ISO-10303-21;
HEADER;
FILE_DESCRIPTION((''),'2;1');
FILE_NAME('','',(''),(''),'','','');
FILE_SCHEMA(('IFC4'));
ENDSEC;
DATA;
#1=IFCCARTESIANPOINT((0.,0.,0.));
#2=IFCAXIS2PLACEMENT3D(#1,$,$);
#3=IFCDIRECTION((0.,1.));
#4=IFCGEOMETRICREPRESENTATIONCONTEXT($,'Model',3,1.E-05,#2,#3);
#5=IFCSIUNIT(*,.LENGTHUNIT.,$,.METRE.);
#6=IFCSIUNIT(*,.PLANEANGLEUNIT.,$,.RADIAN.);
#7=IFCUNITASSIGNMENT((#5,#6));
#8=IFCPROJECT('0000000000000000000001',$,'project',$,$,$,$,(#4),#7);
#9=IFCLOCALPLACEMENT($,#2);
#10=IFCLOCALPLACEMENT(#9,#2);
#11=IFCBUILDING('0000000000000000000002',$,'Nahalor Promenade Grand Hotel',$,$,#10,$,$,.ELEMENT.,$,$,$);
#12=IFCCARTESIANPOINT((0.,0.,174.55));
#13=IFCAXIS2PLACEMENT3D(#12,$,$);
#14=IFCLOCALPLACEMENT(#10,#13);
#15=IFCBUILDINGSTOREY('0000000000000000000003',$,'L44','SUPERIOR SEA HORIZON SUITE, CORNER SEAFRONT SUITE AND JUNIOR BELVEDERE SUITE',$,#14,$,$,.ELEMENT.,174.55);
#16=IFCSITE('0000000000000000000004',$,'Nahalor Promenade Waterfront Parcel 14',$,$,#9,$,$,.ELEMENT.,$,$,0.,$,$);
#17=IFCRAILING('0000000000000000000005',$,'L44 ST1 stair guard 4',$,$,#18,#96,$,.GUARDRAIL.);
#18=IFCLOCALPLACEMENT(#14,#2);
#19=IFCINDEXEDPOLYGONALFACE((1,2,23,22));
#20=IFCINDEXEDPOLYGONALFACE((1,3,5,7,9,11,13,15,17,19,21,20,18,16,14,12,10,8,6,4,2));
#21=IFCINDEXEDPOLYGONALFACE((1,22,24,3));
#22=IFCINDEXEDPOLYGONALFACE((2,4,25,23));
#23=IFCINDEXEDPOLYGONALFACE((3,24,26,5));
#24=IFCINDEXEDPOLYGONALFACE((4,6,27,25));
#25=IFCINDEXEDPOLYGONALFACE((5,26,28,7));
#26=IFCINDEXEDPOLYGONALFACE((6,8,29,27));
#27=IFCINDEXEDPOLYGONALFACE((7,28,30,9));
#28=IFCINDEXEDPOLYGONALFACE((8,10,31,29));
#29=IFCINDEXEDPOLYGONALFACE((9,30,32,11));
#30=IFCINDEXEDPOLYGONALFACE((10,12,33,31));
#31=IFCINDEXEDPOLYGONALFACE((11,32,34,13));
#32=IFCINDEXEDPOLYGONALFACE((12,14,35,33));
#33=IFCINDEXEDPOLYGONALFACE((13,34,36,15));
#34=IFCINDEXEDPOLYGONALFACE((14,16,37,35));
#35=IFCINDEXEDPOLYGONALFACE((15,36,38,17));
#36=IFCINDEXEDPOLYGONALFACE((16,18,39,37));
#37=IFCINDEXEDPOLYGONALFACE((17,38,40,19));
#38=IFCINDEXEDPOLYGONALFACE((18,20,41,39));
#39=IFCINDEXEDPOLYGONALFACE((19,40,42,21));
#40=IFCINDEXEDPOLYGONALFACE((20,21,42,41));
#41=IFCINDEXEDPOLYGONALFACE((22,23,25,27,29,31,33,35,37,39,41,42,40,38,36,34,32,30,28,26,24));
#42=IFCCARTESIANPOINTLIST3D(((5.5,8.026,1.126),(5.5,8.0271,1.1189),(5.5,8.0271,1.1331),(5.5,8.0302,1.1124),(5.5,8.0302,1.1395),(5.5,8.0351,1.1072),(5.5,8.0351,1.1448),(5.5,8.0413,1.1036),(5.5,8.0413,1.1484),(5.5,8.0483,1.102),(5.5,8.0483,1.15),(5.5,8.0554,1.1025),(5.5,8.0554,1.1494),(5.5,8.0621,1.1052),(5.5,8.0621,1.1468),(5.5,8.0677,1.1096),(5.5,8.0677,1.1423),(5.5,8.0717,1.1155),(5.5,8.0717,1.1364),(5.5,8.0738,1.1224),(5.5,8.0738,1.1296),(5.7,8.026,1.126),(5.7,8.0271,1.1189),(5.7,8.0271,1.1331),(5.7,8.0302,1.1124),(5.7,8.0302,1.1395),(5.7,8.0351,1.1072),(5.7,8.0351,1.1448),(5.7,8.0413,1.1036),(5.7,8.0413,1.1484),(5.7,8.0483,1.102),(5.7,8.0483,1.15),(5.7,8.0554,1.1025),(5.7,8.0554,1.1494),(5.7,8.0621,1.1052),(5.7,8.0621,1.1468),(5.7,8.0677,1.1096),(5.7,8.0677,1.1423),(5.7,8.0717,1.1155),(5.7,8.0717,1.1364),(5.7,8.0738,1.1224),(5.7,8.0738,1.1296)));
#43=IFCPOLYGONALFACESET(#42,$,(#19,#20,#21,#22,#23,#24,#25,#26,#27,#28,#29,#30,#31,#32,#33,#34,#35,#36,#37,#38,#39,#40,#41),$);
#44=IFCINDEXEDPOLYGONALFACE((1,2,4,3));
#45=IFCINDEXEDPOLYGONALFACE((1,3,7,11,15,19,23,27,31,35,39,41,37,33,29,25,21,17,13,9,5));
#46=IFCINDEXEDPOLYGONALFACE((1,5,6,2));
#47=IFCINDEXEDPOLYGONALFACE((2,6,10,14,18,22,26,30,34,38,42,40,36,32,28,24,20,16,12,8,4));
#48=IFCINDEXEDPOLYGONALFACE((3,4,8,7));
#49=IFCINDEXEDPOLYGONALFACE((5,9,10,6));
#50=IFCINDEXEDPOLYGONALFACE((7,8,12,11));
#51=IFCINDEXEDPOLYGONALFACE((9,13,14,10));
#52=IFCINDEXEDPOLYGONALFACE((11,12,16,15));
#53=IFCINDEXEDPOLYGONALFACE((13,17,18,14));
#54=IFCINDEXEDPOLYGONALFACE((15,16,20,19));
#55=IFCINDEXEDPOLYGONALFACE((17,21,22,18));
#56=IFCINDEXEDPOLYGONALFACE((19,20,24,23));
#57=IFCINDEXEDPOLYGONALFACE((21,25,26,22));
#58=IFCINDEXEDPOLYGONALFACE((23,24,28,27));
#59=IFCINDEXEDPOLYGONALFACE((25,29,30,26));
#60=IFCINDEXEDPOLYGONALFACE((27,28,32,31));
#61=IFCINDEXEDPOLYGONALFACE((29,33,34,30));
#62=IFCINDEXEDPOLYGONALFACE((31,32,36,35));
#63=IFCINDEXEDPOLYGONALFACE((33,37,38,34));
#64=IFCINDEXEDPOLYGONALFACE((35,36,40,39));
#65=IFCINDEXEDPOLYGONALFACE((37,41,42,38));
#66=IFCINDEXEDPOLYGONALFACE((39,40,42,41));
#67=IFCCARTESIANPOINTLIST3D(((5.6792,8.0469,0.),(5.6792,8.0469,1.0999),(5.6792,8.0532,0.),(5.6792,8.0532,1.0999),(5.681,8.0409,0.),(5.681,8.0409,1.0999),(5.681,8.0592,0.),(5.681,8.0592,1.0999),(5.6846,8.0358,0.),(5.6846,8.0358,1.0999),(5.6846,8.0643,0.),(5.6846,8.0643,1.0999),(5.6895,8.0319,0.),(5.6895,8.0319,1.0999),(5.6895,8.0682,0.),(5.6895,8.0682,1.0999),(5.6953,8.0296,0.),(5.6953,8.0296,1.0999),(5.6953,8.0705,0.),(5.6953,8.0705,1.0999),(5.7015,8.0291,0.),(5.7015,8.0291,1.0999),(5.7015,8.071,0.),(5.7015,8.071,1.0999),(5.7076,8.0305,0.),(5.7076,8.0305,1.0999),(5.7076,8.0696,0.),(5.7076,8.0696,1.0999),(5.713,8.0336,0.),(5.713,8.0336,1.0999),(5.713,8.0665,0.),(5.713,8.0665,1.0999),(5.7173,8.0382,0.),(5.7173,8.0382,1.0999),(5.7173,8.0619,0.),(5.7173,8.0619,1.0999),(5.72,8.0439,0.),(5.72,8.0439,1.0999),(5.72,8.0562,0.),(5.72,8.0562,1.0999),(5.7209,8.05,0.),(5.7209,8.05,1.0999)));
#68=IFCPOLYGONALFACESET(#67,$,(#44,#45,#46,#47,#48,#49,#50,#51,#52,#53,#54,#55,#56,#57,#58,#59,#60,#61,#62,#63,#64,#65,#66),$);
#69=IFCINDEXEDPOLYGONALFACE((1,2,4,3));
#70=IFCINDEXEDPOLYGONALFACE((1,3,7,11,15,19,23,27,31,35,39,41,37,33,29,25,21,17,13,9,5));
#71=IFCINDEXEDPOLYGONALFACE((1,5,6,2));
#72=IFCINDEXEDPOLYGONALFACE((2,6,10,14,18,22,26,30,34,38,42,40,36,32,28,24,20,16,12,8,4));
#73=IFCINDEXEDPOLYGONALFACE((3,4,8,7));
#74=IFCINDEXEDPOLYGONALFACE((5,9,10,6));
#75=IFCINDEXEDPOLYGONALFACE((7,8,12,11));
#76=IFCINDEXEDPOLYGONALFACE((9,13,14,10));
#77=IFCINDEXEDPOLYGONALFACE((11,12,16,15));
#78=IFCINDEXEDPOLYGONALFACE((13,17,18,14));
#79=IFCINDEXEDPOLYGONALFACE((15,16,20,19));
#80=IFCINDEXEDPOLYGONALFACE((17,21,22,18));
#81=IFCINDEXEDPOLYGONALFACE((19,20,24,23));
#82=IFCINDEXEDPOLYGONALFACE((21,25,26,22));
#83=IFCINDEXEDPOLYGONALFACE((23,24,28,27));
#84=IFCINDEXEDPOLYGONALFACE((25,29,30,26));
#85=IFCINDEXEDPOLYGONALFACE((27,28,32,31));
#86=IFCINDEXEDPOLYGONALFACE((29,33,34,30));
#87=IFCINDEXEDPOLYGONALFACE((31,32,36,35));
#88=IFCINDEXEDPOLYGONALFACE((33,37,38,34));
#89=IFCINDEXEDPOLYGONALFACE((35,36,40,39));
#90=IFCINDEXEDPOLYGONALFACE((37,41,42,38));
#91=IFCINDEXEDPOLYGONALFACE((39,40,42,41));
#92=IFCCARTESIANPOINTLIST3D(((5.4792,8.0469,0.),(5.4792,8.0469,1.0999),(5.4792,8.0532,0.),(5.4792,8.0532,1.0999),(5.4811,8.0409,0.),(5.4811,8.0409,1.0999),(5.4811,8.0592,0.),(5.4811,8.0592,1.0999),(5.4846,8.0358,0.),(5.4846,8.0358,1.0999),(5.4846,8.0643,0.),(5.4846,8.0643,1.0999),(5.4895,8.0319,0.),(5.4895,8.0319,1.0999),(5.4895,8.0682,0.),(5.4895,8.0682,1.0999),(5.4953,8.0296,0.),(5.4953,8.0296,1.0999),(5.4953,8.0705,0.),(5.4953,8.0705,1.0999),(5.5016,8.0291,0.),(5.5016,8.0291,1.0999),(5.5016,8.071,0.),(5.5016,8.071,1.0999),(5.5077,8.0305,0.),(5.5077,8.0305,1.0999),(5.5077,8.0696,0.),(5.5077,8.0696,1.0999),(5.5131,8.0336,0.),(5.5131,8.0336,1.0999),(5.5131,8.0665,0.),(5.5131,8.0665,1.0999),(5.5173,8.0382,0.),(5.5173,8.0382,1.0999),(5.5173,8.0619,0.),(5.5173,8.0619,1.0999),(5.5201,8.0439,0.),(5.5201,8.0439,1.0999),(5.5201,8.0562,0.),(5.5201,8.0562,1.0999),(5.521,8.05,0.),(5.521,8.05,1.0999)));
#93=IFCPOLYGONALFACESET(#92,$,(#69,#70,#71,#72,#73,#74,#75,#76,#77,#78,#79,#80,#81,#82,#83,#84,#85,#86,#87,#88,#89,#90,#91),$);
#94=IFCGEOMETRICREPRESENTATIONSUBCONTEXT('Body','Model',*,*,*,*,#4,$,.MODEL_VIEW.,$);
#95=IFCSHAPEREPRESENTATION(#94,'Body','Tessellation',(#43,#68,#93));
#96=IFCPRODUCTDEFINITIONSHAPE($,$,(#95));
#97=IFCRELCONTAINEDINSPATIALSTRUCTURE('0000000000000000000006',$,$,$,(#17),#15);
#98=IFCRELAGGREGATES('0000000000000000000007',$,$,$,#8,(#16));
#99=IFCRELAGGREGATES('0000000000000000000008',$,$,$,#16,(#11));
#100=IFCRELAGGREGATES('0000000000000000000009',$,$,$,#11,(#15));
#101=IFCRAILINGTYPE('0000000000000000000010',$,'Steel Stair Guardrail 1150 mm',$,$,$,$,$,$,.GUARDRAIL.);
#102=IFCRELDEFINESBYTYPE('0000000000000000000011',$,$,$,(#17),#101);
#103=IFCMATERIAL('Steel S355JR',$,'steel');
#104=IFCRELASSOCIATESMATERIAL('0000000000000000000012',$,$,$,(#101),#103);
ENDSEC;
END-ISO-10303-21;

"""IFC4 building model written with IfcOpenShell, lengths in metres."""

from ifc_helpers import new_model, si_unit, direction, frame, origin, origin_2d, place, context, subcontext, project, spatial, circle, extrude, material, type_object, element, save


model = new_model("IFC4")

# Units and contexts
model_context = context("Model", 3, precision=1e-05, world=origin(), true_north=direction((0.0, 1.0)))
body_context = subcontext(model_context, "Body", "Model", "MODEL_VIEW")
ifc_project = project(units=[si_unit("LENGTHUNIT", "METRE"), si_unit("PLANEANGLEUNIT", "RADIAN")], contexts=[model_context])

# Site, building, storey
site_placement = place(None, origin())
site = spatial("IfcSite", under=ifc_project, at=site_placement, Name="Nahalor Promenade Waterfront Parcel 14", CompositionType="ELEMENT", RefElevation=0.0)
building_placement = place(site_placement, origin())
building = spatial("IfcBuilding", under=site, at=building_placement, Name="Nahalor Promenade Grand Hotel", CompositionType="ELEMENT")
storey_placement = place(building_placement, frame((0.0, 0.0, 174.55)))
storey = spatial("IfcBuildingStorey", under=building, at=storey_placement, Name="L44", Description="SUPERIOR SEA HORIZON SUITE, CORNER SEAFRONT SUITE AND JUNIOR BELVEDERE SUITE", CompositionType="ELEMENT", Elevation=174.55)

# Shared definitions
ifc_material_1 = material(Name="Steel S355JR", Category="steel")

# Railing
railing_type_1 = type_object("IfcRailingType", Name="Steel Stair Guardrail 1150 mm", PredefinedType="GUARDRAIL", material=ifc_material_1)
railing_1_placement = place(storey_placement, frame((5.7, 8.05, 0.0)))
element("IfcRailing", 1, at=railing_1_placement, inside=storey, type_object=railing_type_1, Name="L44 ST1 stair guard 4", PredefinedType="GUARDRAIL", context=body_context, shape_type="SweptSolid", body=[
    extrude(circle(Radius=0.024, at=origin_2d()), frame((0.0, 0.0, 1.126), z_axis=(-1.0, 0.0, 0.0), x_axis=(0.0, -1.0, 0.0)), (0.0, 0.0, 1.0), 0.2),
    extrude(circle(Radius=0.021, at=origin_2d()), origin(), (0.0, 0.0, 1.0), 1.0999),
    extrude(circle(Radius=0.021, at=origin_2d()), frame((-0.2, 0.0, 0.0)), (0.0, 0.0, 1.0), 1.0999),
])

save(model, "model.ifc")
